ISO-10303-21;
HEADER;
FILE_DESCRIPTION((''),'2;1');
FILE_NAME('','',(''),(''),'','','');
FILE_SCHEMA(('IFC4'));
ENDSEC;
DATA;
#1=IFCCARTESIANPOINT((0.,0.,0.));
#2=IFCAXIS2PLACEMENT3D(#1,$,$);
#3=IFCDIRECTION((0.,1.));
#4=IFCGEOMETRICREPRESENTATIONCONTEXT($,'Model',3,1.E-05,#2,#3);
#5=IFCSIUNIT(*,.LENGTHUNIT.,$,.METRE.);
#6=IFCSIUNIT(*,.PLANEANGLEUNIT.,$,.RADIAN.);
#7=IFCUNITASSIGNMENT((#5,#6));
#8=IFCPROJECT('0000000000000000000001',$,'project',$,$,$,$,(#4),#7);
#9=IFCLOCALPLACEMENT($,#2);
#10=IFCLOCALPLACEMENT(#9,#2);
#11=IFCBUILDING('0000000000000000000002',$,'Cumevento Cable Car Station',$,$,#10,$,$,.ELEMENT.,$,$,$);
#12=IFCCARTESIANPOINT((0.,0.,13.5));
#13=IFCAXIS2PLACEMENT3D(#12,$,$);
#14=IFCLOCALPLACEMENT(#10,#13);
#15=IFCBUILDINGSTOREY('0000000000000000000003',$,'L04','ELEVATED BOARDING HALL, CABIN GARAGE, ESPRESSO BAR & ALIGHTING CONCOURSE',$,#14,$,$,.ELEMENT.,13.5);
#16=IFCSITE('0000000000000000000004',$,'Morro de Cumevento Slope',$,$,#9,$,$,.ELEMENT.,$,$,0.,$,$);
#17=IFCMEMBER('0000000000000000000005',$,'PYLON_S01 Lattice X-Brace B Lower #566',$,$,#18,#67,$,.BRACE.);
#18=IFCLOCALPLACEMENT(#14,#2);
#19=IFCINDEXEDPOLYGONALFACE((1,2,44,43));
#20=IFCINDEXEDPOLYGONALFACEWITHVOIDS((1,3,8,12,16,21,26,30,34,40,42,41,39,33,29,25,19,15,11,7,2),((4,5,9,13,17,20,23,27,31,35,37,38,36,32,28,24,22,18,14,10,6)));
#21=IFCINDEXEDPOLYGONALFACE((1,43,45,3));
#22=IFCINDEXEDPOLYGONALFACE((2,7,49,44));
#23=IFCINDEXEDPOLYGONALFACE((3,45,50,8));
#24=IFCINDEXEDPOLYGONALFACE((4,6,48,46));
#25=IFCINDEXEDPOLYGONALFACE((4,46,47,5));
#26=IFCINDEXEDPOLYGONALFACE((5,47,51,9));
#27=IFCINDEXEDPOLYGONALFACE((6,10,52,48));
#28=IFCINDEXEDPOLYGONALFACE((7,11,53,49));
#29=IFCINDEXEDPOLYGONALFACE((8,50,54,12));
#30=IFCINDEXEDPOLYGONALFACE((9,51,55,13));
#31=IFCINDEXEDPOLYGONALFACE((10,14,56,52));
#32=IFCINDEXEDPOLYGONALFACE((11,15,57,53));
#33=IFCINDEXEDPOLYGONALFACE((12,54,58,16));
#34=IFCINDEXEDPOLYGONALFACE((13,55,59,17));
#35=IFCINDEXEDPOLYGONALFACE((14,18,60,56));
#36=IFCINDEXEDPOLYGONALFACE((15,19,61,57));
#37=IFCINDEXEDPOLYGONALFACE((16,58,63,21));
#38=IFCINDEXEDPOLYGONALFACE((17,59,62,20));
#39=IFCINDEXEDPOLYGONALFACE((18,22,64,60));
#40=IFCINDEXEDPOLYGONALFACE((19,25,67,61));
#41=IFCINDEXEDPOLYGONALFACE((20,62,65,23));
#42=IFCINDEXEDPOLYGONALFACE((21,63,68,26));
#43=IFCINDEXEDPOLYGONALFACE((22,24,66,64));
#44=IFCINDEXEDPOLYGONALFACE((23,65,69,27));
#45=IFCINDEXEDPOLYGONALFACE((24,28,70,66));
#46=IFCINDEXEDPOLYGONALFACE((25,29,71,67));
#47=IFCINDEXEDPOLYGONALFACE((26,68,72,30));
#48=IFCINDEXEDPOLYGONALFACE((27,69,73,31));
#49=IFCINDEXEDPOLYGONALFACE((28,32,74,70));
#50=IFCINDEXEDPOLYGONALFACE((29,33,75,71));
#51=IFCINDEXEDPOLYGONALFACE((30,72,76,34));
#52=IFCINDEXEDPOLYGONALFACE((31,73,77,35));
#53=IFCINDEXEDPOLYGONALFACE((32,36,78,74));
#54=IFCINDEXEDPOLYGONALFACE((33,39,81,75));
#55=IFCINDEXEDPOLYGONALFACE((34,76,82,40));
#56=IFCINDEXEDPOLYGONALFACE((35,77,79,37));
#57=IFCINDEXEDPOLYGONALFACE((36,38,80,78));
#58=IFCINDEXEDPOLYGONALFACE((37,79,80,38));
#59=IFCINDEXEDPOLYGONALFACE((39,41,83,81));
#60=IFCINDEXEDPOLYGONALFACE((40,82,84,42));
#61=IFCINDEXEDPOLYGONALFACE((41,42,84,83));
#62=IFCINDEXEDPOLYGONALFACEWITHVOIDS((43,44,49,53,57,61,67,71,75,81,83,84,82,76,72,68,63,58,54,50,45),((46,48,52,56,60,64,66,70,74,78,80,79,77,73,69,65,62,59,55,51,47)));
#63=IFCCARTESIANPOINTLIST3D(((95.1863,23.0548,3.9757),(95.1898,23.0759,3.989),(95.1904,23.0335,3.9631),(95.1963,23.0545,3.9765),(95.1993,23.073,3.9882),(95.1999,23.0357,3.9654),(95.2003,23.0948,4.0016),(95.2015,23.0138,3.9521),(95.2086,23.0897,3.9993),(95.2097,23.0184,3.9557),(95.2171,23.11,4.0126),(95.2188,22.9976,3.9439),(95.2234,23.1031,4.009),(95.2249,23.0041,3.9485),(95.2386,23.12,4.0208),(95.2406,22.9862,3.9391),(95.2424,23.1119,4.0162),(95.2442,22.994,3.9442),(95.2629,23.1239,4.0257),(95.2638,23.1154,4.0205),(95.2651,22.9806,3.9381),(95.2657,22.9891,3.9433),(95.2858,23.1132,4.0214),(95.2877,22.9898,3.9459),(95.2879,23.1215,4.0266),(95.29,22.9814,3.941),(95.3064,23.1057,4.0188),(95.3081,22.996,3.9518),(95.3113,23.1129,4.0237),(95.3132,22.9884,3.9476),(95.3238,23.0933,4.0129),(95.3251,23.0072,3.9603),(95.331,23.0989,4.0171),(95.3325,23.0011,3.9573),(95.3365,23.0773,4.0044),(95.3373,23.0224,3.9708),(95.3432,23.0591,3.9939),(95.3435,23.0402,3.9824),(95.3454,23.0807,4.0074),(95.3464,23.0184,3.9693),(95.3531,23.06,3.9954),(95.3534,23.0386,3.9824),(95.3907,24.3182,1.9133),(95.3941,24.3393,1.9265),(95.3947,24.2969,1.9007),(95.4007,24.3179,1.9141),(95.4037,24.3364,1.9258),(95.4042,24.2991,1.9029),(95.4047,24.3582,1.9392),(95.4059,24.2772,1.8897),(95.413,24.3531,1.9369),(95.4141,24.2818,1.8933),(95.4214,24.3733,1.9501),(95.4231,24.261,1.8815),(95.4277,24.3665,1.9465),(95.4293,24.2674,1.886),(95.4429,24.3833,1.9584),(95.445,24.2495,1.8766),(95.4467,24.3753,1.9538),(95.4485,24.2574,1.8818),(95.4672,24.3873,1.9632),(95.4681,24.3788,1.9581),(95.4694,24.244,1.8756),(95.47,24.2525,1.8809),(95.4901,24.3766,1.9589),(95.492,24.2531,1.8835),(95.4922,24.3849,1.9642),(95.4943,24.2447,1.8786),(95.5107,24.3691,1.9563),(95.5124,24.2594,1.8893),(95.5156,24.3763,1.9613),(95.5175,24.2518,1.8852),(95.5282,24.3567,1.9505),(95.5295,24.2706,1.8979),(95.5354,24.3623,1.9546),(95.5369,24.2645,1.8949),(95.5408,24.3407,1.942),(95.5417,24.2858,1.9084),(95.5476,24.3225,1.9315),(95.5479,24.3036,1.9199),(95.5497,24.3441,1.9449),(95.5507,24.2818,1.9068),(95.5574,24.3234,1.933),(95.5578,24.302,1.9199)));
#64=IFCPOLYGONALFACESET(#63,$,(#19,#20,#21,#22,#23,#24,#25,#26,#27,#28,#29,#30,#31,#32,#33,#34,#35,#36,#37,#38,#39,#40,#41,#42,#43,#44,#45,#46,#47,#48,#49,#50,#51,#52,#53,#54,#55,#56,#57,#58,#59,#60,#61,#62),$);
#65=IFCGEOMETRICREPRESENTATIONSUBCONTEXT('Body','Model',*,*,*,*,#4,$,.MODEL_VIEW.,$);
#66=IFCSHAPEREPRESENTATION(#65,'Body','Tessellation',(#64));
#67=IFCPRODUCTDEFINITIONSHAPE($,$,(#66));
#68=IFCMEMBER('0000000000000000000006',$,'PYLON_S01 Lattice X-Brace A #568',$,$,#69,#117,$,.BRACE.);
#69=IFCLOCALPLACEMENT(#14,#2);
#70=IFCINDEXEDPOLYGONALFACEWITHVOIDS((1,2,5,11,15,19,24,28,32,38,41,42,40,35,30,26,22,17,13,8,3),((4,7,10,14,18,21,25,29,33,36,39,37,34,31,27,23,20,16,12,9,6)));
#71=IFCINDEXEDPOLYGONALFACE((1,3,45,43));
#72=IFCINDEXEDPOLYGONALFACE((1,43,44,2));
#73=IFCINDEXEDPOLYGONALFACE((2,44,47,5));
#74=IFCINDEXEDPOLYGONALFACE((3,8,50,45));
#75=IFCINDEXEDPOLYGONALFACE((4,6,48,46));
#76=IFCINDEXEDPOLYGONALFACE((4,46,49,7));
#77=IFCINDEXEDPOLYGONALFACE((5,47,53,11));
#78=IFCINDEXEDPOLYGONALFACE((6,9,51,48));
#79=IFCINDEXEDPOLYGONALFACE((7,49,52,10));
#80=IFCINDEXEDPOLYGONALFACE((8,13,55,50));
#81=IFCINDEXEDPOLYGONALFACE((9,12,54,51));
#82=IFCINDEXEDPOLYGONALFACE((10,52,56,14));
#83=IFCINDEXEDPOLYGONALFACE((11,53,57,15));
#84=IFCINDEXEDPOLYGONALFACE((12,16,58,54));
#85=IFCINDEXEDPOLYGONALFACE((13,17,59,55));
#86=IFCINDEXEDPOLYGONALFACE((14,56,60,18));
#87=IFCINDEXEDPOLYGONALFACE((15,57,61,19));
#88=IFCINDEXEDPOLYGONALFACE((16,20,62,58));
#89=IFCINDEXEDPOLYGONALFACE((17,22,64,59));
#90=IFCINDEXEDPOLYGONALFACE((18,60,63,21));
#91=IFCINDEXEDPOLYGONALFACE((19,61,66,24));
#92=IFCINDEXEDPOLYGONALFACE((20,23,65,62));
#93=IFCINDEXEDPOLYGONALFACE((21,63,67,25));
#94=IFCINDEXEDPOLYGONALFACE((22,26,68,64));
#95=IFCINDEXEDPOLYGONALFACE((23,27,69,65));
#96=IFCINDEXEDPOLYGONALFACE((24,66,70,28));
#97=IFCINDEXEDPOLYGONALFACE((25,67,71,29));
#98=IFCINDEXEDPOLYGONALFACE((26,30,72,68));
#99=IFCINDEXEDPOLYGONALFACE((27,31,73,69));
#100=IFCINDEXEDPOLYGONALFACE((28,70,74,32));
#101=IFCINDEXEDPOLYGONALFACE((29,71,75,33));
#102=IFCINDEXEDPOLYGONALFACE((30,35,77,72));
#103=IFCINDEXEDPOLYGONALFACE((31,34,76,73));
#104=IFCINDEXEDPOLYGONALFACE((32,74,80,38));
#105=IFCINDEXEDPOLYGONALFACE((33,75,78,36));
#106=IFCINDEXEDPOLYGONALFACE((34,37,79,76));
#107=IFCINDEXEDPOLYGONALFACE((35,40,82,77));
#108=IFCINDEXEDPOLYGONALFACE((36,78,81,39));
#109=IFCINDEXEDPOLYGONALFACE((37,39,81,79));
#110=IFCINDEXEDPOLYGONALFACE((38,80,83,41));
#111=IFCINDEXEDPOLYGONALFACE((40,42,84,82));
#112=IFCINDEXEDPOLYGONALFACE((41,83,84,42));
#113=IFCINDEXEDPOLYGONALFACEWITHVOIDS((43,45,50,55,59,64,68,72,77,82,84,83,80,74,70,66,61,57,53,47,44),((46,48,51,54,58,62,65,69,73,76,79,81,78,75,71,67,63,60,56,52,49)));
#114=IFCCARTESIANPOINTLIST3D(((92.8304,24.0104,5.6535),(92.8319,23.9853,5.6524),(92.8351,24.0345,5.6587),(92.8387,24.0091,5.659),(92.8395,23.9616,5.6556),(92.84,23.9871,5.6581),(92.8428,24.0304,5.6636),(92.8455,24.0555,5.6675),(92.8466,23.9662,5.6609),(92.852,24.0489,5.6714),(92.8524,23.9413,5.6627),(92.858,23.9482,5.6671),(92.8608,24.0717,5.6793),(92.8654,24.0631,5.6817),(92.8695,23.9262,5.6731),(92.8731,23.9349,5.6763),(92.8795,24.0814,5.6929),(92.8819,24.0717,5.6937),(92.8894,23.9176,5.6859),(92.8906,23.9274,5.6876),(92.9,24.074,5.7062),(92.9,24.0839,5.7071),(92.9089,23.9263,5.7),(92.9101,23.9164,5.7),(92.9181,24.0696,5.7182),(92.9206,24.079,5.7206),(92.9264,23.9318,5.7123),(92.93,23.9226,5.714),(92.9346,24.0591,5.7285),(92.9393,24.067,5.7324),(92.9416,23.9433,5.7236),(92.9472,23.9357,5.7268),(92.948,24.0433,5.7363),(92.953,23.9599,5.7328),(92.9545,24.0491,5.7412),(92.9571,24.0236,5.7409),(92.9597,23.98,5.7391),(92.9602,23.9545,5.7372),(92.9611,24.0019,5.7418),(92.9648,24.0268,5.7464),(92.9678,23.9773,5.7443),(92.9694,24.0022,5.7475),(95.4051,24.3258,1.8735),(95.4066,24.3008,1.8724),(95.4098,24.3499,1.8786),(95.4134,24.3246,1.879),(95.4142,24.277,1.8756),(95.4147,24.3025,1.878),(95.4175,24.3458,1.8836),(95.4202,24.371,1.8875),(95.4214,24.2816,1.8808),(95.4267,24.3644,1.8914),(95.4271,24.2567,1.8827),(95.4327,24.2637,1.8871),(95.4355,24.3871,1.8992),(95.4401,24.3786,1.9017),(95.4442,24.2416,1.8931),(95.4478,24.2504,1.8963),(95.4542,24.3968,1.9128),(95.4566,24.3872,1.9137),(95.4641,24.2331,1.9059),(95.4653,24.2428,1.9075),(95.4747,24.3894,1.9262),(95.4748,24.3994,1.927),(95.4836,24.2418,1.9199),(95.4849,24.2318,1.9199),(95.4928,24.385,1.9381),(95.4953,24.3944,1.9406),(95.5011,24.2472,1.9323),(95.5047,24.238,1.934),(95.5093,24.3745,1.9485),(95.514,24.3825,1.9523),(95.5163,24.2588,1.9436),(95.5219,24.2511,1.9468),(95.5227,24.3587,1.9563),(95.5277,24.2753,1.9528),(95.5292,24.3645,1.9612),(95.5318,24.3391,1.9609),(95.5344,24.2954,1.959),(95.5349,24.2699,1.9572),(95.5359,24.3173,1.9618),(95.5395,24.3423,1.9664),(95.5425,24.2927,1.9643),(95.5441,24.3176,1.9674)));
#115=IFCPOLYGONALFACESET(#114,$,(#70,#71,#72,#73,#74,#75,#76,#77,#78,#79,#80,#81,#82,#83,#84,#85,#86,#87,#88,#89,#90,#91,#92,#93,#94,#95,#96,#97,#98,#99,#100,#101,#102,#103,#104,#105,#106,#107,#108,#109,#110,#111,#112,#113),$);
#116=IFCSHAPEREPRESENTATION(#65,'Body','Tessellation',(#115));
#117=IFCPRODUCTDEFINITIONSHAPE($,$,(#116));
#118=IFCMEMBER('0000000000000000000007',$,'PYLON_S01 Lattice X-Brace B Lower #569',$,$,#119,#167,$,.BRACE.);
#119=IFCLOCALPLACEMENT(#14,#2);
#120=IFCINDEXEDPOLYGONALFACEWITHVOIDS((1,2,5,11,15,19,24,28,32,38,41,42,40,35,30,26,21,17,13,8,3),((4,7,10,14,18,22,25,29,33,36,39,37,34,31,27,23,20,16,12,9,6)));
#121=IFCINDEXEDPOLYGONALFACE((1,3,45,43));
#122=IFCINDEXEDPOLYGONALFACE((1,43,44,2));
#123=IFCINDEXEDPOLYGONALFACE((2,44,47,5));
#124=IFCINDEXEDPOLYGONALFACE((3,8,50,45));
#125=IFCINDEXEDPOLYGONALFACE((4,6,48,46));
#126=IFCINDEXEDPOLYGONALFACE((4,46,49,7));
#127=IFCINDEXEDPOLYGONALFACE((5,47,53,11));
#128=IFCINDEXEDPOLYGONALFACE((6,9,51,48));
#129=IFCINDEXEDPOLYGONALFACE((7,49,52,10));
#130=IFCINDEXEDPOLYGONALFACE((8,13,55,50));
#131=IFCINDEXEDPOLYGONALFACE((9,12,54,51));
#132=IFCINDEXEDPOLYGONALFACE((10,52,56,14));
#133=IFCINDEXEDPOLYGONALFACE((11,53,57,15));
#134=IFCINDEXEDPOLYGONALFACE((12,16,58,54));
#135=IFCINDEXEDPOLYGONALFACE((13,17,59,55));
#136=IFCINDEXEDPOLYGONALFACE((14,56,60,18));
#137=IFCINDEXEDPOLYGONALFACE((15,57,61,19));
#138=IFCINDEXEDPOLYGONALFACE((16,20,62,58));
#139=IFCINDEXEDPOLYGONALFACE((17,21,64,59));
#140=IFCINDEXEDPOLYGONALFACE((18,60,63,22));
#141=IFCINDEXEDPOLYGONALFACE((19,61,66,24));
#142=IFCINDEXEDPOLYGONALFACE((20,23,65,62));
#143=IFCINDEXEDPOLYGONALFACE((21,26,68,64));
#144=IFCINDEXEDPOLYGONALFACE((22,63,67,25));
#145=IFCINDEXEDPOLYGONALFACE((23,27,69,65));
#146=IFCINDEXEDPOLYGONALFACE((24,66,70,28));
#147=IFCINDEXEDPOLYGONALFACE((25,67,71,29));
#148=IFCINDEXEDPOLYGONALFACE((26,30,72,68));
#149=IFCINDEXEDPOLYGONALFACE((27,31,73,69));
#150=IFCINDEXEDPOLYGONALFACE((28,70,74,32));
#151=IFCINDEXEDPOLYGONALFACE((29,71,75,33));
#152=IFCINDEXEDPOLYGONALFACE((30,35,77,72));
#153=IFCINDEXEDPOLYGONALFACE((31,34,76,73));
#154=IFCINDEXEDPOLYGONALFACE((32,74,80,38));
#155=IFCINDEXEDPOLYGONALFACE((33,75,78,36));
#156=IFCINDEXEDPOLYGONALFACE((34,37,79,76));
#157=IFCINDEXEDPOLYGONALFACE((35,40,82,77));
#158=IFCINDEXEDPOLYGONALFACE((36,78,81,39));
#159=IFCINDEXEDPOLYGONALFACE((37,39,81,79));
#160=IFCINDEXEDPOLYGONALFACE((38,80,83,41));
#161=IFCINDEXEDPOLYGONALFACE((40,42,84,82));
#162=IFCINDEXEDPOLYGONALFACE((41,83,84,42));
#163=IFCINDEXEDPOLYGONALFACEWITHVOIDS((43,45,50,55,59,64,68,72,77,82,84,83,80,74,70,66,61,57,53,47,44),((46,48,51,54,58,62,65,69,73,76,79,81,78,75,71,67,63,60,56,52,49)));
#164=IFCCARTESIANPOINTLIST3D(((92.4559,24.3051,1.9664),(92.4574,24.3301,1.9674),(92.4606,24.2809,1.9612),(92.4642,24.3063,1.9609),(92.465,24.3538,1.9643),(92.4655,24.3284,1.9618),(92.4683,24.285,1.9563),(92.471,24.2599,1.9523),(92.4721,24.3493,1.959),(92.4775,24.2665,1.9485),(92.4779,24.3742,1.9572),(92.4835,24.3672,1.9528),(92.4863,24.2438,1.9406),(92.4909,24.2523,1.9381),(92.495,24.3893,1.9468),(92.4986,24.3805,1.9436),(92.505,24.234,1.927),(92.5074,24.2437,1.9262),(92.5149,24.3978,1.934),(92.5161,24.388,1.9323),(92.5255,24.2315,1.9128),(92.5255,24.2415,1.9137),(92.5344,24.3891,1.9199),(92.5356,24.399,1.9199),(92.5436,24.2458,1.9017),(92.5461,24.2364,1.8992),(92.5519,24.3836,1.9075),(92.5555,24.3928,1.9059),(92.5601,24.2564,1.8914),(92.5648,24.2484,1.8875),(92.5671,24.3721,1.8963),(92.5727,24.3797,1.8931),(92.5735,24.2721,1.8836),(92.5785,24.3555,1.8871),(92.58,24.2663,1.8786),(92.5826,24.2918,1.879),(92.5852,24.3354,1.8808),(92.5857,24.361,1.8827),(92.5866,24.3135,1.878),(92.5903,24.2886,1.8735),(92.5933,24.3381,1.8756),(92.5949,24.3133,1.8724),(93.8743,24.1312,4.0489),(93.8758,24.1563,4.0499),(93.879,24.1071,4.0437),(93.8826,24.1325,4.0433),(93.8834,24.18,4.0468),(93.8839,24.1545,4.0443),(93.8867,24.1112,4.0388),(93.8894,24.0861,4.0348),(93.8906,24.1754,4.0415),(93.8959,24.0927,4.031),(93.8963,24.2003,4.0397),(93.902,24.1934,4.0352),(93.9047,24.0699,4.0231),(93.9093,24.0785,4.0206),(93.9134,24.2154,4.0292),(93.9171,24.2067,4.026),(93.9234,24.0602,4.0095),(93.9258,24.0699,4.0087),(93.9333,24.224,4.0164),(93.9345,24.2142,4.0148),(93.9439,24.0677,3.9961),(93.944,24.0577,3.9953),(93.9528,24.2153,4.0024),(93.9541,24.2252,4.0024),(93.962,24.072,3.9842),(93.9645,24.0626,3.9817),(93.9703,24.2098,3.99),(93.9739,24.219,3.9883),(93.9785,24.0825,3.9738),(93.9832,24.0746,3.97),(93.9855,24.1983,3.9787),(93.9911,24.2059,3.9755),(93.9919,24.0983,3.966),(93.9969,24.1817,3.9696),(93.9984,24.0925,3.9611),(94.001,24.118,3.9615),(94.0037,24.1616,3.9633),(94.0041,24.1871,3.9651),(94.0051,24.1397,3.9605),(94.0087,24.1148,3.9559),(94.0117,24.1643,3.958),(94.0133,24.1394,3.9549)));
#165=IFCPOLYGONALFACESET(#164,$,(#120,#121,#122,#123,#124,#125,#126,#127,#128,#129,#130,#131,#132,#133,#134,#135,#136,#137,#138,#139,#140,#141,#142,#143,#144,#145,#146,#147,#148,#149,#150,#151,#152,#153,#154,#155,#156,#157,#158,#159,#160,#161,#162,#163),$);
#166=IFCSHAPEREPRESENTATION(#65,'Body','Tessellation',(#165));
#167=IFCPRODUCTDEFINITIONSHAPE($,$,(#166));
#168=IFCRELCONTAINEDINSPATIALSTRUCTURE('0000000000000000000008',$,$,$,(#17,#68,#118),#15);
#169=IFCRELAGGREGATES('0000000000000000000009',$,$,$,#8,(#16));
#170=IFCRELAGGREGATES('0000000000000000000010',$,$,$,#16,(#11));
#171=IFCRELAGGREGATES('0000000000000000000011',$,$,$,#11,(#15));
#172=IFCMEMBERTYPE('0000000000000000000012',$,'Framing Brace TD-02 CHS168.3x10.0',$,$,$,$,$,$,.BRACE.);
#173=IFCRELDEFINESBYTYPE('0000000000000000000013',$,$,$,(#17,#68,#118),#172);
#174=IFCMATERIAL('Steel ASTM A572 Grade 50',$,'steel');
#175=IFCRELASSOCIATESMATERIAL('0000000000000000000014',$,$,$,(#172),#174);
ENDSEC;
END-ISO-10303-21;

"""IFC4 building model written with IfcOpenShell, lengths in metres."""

from ifc_helpers import new_model, si_unit, direction, frame, origin, origin_2d, place, context, subcontext, project, spatial, hollow_circle, extrude, material, material_profile, profile_set, type_object, element, save


model = new_model("IFC4")

# Units and contexts
model_context = context("Model", 3, precision=1e-05, world=origin(), true_north=direction((0.0, 1.0)))
body_context = subcontext(model_context, "Body", "Model", "MODEL_VIEW")
ifc_project = project(units=[si_unit("LENGTHUNIT", "METRE"), si_unit("PLANEANGLEUNIT", "RADIAN")], contexts=[model_context])

# Site, building, storey
site_placement = place(None, origin())
site = spatial("IfcSite", under=ifc_project, at=site_placement, Name="Morro de Cumevento Slope", CompositionType="ELEMENT", RefElevation=0.0)
building_placement = place(site_placement, origin())
building = spatial("IfcBuilding", under=site, at=building_placement, Name="Cumevento Cable Car Station", CompositionType="ELEMENT")
storey_placement = place(building_placement, frame((0.0, 0.0, 13.5)))
storey = spatial("IfcBuildingStorey", under=building, at=storey_placement, Name="L04", Description="ELEVATED BOARDING HALL, CABIN GARAGE, ESPRESSO BAR & ALIGHTING CONCOURSE", CompositionType="ELEMENT", Elevation=13.5)

# Members
ifc_material_1 = material(Name="Steel ASTM A572 Grade 50", Category="steel")
ifc_material_profile_1 = material_profile(ifc_material_1, hollow_circle(Radius=0.0842, WallThickness=0.01, at=origin_2d()), Name="CHS168.3x10.0")
ifc_profile_set_1 = profile_set([ifc_material_profile_1], Name="Steel ASTM A572 Grade 50")
member_type_1 = type_object("IfcMemberType", Name="Framing Brace TD-02 CHS168.3x10.0", PredefinedType="BRACE", material=ifc_profile_set_1)
member_1_placement = place(storey_placement, frame((95.4746, 24.3154, 1.9199), z_axis=(-0.084186, -0.520502, 0.8497), x_axis=(0.987171, -0.159664, 0.0)))
element("IfcMember", 1, at=member_1_placement, inside=storey, type_object=member_type_1, Name="PYLON_S01 Lattice X-Brace B Lower #566", PredefinedType="BRACE", context=body_context, shape_type="SweptSolid", body=[
    extrude(hollow_circle(Radius=0.0842, WallThickness=0.01, at=origin_2d()), origin(), (0.0, 0.0, 1.0), 2.4272),
])
member_2_placement = place(storey_placement, frame((95.4746, 24.3154, 1.9199), z_axis=(-0.561617, -0.068804, 0.824532), x_axis=(0.121602, -0.992579, 0.0)))
element("IfcMember", 2, at=member_2_placement, inside=storey, type_object=member_type_1, Name="PYLON_S01 Lattice X-Brace A #568", PredefinedType="BRACE", context=body_context, shape_type="SweptSolid", body=[
    extrude(hollow_circle(Radius=0.0842, WallThickness=0.01, at=origin_2d()), origin(), (0.0, 0.0, 1.0), 4.5845),
])
member_3_placement = place(storey_placement, frame((92.5254, 24.3154, 1.9199), z_axis=(0.561611, -0.068824, 0.824534), x_axis=(0.121637, 0.992575, 0.0)))
element("IfcMember", 3, at=member_3_placement, inside=storey, type_object=member_type_1, Name="PYLON_S01 Lattice X-Brace B Lower #569", PredefinedType="BRACE", context=body_context, shape_type="SweptSolid", body=[
    extrude(hollow_circle(Radius=0.0842, WallThickness=0.01, at=origin_2d()), origin(), (0.0, 0.0, 1.0), 2.5256),
])

save(model, "model.ifc")
